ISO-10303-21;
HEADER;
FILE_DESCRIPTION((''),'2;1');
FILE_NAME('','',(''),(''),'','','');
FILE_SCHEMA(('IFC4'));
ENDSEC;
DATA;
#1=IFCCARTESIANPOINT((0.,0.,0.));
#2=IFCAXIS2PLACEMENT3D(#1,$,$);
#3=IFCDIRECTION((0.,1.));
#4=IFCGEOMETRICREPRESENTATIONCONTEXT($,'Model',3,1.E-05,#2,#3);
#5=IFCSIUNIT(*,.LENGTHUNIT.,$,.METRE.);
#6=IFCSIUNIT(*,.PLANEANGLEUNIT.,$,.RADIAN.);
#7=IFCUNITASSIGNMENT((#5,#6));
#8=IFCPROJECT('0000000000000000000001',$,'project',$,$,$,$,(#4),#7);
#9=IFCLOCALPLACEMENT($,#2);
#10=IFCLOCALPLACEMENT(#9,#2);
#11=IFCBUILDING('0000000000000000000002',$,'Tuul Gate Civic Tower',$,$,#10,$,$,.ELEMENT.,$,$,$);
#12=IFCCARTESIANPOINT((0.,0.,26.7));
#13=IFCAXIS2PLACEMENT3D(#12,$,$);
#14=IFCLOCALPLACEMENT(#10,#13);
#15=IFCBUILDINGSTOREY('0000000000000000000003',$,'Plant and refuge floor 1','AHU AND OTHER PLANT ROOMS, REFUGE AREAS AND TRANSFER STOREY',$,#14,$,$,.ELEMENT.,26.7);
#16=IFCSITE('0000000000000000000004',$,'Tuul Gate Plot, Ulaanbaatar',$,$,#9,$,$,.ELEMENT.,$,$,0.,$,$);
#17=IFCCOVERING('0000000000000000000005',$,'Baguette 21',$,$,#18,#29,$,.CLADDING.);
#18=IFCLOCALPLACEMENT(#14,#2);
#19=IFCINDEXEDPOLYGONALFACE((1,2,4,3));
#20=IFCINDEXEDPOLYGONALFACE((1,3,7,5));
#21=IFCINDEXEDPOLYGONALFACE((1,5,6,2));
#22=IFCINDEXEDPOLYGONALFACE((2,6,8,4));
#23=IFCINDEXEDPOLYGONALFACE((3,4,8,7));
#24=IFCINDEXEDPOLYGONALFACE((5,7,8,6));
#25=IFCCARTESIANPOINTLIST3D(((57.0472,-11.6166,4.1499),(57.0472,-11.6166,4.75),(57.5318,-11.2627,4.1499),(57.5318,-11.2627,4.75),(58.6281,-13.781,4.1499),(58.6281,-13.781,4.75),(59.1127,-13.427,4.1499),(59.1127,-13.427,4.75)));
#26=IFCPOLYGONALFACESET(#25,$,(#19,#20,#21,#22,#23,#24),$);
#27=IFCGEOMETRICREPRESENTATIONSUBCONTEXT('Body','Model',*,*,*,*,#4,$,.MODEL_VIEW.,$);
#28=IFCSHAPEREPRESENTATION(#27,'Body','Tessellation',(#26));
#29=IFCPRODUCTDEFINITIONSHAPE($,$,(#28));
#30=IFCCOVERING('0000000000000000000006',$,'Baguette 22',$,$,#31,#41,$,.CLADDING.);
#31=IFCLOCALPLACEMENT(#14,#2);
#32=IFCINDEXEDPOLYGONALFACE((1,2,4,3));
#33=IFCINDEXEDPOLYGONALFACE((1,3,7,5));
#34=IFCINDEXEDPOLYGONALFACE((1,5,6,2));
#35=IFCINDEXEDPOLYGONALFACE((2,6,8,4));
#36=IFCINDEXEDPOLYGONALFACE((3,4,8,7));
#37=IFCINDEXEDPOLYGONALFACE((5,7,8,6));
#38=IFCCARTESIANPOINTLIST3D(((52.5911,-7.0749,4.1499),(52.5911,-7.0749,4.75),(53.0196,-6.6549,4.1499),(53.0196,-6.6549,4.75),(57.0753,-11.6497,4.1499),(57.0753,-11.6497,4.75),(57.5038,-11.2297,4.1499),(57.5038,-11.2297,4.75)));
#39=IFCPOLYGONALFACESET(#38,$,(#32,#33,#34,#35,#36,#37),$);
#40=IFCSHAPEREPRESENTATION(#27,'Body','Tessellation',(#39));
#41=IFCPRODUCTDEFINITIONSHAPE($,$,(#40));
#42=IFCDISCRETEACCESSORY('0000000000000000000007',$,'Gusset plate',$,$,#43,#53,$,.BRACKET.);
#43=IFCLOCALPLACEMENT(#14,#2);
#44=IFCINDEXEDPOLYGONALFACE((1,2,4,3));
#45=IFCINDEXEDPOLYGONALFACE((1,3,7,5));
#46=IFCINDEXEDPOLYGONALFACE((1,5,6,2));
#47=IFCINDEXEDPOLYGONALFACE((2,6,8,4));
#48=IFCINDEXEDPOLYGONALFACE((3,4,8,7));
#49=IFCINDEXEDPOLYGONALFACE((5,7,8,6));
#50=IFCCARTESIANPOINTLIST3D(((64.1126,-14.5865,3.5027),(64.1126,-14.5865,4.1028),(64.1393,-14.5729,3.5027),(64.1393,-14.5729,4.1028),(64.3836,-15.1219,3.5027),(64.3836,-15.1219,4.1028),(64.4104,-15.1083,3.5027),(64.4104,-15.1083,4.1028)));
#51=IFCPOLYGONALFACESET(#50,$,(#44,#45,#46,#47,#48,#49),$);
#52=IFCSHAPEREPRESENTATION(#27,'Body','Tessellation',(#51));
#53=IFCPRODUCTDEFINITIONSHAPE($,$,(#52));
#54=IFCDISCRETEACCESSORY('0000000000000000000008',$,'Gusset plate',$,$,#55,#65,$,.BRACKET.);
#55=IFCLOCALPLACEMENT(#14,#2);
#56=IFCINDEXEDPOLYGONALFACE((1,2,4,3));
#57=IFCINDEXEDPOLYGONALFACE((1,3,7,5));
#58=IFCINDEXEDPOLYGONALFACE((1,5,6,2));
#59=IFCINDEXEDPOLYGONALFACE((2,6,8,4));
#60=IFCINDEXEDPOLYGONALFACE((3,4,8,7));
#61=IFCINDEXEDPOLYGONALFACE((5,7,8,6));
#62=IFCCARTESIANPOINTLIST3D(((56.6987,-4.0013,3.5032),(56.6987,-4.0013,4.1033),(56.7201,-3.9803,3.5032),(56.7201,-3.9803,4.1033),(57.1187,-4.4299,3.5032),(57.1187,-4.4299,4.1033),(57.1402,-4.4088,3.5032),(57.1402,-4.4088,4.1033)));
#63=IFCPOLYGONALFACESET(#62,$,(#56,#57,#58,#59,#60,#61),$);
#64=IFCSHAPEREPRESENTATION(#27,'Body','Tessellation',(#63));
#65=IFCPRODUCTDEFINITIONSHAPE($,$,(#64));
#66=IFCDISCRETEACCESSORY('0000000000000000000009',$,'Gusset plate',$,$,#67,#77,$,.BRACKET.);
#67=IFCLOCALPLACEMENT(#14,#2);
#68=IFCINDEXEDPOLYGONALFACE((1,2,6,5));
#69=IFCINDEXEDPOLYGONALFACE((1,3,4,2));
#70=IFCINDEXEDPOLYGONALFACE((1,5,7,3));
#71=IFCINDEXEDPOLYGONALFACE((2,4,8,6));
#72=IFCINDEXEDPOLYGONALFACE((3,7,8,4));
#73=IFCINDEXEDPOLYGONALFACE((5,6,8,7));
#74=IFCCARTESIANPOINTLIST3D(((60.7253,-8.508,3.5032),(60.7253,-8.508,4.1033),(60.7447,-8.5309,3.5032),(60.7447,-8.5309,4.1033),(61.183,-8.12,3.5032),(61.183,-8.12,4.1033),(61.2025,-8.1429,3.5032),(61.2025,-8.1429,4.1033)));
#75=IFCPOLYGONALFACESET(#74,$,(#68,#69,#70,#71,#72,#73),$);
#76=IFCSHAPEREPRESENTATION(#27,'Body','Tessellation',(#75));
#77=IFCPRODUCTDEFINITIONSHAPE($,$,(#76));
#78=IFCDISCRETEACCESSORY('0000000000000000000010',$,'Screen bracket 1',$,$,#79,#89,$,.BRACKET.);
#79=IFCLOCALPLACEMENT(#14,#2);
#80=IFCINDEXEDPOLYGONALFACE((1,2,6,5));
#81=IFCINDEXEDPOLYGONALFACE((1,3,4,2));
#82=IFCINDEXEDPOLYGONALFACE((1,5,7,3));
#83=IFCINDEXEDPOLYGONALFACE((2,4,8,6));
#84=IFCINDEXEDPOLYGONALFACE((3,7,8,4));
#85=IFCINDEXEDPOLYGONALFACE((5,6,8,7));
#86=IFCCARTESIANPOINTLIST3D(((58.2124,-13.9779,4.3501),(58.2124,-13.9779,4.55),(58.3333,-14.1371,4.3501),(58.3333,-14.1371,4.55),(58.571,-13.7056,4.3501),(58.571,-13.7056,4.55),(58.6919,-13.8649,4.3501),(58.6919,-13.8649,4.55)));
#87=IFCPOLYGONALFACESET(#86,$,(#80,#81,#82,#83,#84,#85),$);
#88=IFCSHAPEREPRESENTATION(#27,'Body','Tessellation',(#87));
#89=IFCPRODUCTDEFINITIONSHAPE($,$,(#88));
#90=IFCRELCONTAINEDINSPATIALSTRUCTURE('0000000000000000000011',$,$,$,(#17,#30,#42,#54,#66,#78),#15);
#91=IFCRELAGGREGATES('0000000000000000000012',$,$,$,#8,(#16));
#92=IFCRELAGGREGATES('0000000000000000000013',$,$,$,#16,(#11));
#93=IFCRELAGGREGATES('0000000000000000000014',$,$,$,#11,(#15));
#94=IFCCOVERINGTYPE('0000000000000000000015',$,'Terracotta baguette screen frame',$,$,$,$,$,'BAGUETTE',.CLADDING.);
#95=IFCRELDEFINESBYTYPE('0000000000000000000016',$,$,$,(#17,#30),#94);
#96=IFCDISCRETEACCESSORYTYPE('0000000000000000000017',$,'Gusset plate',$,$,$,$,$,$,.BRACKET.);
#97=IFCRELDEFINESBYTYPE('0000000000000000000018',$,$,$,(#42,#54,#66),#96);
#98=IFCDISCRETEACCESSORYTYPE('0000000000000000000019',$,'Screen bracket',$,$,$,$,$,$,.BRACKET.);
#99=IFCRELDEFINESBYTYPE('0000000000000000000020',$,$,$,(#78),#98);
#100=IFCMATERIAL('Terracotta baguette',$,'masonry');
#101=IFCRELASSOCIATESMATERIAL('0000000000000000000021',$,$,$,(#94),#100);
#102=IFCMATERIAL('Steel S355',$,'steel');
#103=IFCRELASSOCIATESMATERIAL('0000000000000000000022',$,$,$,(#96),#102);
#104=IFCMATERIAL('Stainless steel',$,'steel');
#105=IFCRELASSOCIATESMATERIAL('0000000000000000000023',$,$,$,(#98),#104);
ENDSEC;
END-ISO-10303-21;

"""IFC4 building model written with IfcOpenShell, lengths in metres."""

from ifc_helpers import new_model, si_unit, direction, frame, origin, origin_2d, place, context, subcontext, project, spatial, rectangle, extrude, material, material_profile, profile_set, type_object, element, save


model = new_model("IFC4")

# Units and contexts
model_context = context("Model", 3, precision=1e-05, world=origin(), true_north=direction((0.0, 1.0)))
body_context = subcontext(model_context, "Body", "Model", "MODEL_VIEW")
ifc_project = project(units=[si_unit("LENGTHUNIT", "METRE"), si_unit("PLANEANGLEUNIT", "RADIAN")], contexts=[model_context])

# Site, building, storey
site_placement = place(None, origin())
site = spatial("IfcSite", under=ifc_project, at=site_placement, Name="Tuul Gate Plot, Ulaanbaatar", CompositionType="ELEMENT", RefElevation=0.0)
building_placement = place(site_placement, origin())
building = spatial("IfcBuilding", under=site, at=building_placement, Name="Tuul Gate Civic Tower", CompositionType="ELEMENT")
storey_placement = place(building_placement, frame((0.0, 0.0, 26.7)))
storey = spatial("IfcBuildingStorey", under=building, at=storey_placement, Name="Plant and refuge floor 1", Description="AHU AND OTHER PLANT ROOMS, REFUGE AREAS AND TRANSFER STOREY", CompositionType="ELEMENT", Elevation=26.7)

# Coverings
ifc_material_1 = material(Name="Terracotta baguette", Category="masonry")
ifc_material_profile_1 = material_profile(ifc_material_1, rectangle(XDim=0.6001, YDim=0.6001, at=origin_2d()), Name="Terracotta baguette screen frame")
ifc_profile_set_1 = profile_set([ifc_material_profile_1], Name="Terracotta baguette")
covering_type = type_object("IfcCoveringType", Name="Terracotta baguette screen frame", ElementType="BAGUETTE", PredefinedType="CLADDING", material=ifc_profile_set_1)
covering_1_placement = place(storey_placement, frame((58.8704, -13.604, 4.45), z_axis=(-0.589822, 0.807533, 0.0), x_axis=(-0.807533, -0.589822, 0.0)))
element("IfcCovering", 1, at=covering_1_placement, inside=storey, type_object=covering_type, Name="Baguette 21", PredefinedType="CLADDING", context=body_context, shape_type="SweptSolid", body=[
    extrude(rectangle(XDim=0.6001, YDim=0.6001, at=origin_2d()), origin(), (0.0, 0.0, 1.0), 2.6802),
])
covering_2_placement = place(storey_placement, frame((57.2896, -11.4397, 4.45), z_axis=(-0.700002, 0.714141, 0.0), x_axis=(-0.714141, -0.700002, 0.0)))
element("IfcCovering", 2, at=covering_2_placement, inside=storey, type_object=covering_type, Name="Baguette 22", PredefinedType="CLADDING", context=body_context, shape_type="SweptSolid", body=[
    extrude(rectangle(XDim=0.6001, YDim=0.6001, at=origin_2d()), origin(), (0.0, 0.0, 1.0), 6.406),
])

# Discrete accessories
ifc_material_2 = material(Name="Steel S355", Category="steel")
discrete_accessory_type_1 = type_object("IfcDiscreteAccessoryType", Name="Gusset plate", PredefinedType="BRACKET", material=ifc_material_2)
for number, where, z_axis, x_axis, name in (
    (3, (64.2615, -14.8474, 3.5027), (0.0, 0.0, 1.0), (0.451669, -0.892185, 0.0), "Gusset plate"),
    (4, (56.9194, -4.2051, 3.5032), (0.0, 0.0, 1.0), (0.700013, -0.71413, 0.0), "Gusset plate"),
    (5, (60.9639, -8.3254, 3.5032), (0.0, 0.0, 1.0), (-0.762835, -0.646593, 0.0), "Gusset plate"),
):
    element("IfcDiscreteAccessory", number, at=place(storey_placement, frame(where, z_axis=z_axis, x_axis=x_axis)), inside=storey, type_object=discrete_accessory_type_1, Name=name, PredefinedType="BRACKET", context=body_context, shape_type="SweptSolid", body=[
        extrude(rectangle(XDim=0.6001, YDim=0.03, at=origin_2d()), origin(), (0.0, 0.0, 1.0), 0.6001),
    ])
ifc_material_3 = material(Name="Stainless steel", Category="steel")
discrete_accessory_type_2 = type_object("IfcDiscreteAccessoryType", Name="Screen bracket", PredefinedType="BRACKET", material=ifc_material_3)
discrete_accessory_placement = place(storey_placement, frame((58.4521, -13.9214, 4.3501), z_axis=(0.0, 0.0, 1.0), x_axis=(0.79642, 0.604744, 0.0)))
element("IfcDiscreteAccessory", 6, at=discrete_accessory_placement, inside=storey, type_object=discrete_accessory_type_2, Name="Screen bracket 1", PredefinedType="BRACKET", context=body_context, shape_type="SweptSolid", body=[
    extrude(rectangle(XDim=0.4502, YDim=0.2, at=origin_2d()), origin(), (0.0, 0.0, 1.0), 0.2),
])

save(model, "model.ifc")
